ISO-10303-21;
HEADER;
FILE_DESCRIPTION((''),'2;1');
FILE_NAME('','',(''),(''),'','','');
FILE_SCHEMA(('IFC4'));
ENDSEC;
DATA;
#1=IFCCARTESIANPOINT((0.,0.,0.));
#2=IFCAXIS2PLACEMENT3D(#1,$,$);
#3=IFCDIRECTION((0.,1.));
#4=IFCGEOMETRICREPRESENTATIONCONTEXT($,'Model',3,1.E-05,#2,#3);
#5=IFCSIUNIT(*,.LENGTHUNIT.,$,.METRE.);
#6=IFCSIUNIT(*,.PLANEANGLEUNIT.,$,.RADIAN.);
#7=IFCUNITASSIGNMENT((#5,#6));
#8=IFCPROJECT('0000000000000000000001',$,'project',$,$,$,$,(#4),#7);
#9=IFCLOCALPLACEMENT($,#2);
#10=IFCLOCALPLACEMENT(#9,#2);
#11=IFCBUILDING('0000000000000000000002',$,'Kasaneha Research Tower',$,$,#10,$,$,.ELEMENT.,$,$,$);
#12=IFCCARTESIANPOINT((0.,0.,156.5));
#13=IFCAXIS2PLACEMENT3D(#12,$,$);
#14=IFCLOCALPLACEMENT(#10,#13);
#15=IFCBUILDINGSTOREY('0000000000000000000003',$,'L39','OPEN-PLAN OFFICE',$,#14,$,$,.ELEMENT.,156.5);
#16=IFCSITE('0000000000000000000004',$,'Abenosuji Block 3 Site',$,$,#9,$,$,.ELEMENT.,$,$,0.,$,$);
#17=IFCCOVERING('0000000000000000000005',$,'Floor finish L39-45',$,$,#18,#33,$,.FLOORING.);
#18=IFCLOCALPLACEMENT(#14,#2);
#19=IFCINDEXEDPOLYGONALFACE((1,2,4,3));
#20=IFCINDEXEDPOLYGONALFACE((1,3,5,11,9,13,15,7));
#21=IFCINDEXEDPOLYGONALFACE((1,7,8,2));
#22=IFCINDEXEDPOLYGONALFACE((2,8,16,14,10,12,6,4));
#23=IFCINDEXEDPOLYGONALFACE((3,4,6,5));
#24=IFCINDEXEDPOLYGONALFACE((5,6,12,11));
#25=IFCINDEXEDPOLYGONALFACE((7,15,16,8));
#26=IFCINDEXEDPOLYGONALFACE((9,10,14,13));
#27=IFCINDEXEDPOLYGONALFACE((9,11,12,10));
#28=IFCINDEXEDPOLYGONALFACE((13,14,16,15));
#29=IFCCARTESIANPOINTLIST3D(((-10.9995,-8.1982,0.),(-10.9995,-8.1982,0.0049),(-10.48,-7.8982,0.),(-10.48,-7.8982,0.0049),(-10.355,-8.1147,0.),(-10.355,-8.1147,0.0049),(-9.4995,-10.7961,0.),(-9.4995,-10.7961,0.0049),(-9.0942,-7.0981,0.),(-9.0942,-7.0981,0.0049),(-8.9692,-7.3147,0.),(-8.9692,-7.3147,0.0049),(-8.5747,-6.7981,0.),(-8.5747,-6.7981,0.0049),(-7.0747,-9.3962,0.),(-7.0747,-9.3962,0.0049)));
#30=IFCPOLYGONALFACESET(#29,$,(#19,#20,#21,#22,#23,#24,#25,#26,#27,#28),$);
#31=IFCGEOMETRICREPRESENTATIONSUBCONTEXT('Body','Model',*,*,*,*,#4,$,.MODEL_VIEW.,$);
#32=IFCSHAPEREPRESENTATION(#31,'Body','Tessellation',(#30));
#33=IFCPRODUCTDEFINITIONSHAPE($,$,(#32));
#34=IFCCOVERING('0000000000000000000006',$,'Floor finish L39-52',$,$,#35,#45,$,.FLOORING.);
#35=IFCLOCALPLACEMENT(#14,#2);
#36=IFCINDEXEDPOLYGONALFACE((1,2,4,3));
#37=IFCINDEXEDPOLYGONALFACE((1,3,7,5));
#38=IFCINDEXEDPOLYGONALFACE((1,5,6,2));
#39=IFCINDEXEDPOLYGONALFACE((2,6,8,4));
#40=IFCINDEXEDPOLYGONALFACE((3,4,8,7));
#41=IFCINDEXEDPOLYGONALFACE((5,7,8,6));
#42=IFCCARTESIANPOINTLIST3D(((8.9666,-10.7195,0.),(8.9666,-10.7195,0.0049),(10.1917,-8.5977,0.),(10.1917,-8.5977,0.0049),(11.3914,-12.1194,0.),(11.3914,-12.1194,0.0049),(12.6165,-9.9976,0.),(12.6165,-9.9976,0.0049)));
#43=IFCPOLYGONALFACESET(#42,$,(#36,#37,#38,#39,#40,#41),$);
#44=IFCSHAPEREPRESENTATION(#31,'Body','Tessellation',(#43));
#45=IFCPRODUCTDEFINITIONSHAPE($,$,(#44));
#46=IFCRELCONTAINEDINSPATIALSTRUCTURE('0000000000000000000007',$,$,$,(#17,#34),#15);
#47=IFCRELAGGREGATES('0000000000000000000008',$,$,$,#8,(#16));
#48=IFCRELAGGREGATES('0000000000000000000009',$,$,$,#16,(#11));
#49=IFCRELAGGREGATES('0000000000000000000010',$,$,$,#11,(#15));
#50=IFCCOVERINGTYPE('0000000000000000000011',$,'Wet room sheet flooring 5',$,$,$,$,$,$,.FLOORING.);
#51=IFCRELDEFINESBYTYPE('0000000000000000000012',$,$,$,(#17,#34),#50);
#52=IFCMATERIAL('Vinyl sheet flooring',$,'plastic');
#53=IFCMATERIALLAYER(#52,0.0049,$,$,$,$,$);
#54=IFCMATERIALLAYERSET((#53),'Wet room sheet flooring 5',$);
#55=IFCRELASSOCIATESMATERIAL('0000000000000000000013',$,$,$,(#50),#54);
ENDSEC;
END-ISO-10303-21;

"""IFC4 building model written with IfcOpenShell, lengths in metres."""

from ifc_helpers import new_model, si_unit, direction, frame, origin, place, context, subcontext, project, spatial, polyline, outline, extrude, material, layer, layer_set, type_object, element, save


model = new_model("IFC4")

# Units and contexts
model_context = context("Model", 3, precision=1e-05, world=origin(), true_north=direction((0.0, 1.0)))
body_context = subcontext(model_context, "Body", "Model", "MODEL_VIEW")
ifc_project = project(units=[si_unit("LENGTHUNIT", "METRE"), si_unit("PLANEANGLEUNIT", "RADIAN")], contexts=[model_context])

# Site, building, storey
site_placement = place(None, origin())
site = spatial("IfcSite", under=ifc_project, at=site_placement, Name="Abenosuji Block 3 Site", CompositionType="ELEMENT", RefElevation=0.0)
building_placement = place(site_placement, origin())
building = spatial("IfcBuilding", under=site, at=building_placement, Name="Kasaneha Research Tower", CompositionType="ELEMENT")
storey_placement = place(building_placement, frame((0.0, 0.0, 156.5)))
storey = spatial("IfcBuildingStorey", under=building, at=storey_placement, Name="L39", Description="OPEN-PLAN OFFICE", CompositionType="ELEMENT", Elevation=156.5)

# Coverings
ifc_material_1 = material(Name="Vinyl sheet flooring", Category="plastic")
ifc_layer_1 = layer(ifc_material_1, 0.0049)
ifc_layer_set_1 = layer_set([ifc_layer_1], Name="Wet room sheet flooring 5")
covering_type_1 = type_object("IfcCoveringType", Name="Wet room sheet flooring 5", PredefinedType="FLOORING", material=ifc_layer_set_1)
covering_1_placement = place(storey_placement, origin())
element("IfcCovering", 1, at=covering_1_placement, inside=storey, type_object=covering_type_1, Name="Floor finish L39-45", PredefinedType="FLOORING", context=body_context, shape_type="SweptSolid", body=[
    extrude(outline(polyline([(-10.9995, -8.1982), (-10.48, -7.8982), (-10.355, -8.1147), (-8.9692, -7.3147), (-9.0942, -7.0981), (-8.5747, -6.7981), (-7.0747, -9.3962), (-9.4995, -10.7961), (-10.9995, -8.1982)])), origin(), (0.0, 0.0, 1.0), 0.0049),
])
covering_2_placement = place(storey_placement, origin())
element("IfcCovering", 2, at=covering_2_placement, inside=storey, type_object=covering_type_1, Name="Floor finish L39-52", PredefinedType="FLOORING", context=body_context, shape_type="SweptSolid", body=[
    extrude(outline(polyline([(11.3914, -12.1194), (8.9666, -10.7195), (10.1917, -8.5977), (12.6165, -9.9976), (11.3914, -12.1194)])), origin(), (0.0, 0.0, 1.0), 0.0049),
])

save(model, "model.ifc")
